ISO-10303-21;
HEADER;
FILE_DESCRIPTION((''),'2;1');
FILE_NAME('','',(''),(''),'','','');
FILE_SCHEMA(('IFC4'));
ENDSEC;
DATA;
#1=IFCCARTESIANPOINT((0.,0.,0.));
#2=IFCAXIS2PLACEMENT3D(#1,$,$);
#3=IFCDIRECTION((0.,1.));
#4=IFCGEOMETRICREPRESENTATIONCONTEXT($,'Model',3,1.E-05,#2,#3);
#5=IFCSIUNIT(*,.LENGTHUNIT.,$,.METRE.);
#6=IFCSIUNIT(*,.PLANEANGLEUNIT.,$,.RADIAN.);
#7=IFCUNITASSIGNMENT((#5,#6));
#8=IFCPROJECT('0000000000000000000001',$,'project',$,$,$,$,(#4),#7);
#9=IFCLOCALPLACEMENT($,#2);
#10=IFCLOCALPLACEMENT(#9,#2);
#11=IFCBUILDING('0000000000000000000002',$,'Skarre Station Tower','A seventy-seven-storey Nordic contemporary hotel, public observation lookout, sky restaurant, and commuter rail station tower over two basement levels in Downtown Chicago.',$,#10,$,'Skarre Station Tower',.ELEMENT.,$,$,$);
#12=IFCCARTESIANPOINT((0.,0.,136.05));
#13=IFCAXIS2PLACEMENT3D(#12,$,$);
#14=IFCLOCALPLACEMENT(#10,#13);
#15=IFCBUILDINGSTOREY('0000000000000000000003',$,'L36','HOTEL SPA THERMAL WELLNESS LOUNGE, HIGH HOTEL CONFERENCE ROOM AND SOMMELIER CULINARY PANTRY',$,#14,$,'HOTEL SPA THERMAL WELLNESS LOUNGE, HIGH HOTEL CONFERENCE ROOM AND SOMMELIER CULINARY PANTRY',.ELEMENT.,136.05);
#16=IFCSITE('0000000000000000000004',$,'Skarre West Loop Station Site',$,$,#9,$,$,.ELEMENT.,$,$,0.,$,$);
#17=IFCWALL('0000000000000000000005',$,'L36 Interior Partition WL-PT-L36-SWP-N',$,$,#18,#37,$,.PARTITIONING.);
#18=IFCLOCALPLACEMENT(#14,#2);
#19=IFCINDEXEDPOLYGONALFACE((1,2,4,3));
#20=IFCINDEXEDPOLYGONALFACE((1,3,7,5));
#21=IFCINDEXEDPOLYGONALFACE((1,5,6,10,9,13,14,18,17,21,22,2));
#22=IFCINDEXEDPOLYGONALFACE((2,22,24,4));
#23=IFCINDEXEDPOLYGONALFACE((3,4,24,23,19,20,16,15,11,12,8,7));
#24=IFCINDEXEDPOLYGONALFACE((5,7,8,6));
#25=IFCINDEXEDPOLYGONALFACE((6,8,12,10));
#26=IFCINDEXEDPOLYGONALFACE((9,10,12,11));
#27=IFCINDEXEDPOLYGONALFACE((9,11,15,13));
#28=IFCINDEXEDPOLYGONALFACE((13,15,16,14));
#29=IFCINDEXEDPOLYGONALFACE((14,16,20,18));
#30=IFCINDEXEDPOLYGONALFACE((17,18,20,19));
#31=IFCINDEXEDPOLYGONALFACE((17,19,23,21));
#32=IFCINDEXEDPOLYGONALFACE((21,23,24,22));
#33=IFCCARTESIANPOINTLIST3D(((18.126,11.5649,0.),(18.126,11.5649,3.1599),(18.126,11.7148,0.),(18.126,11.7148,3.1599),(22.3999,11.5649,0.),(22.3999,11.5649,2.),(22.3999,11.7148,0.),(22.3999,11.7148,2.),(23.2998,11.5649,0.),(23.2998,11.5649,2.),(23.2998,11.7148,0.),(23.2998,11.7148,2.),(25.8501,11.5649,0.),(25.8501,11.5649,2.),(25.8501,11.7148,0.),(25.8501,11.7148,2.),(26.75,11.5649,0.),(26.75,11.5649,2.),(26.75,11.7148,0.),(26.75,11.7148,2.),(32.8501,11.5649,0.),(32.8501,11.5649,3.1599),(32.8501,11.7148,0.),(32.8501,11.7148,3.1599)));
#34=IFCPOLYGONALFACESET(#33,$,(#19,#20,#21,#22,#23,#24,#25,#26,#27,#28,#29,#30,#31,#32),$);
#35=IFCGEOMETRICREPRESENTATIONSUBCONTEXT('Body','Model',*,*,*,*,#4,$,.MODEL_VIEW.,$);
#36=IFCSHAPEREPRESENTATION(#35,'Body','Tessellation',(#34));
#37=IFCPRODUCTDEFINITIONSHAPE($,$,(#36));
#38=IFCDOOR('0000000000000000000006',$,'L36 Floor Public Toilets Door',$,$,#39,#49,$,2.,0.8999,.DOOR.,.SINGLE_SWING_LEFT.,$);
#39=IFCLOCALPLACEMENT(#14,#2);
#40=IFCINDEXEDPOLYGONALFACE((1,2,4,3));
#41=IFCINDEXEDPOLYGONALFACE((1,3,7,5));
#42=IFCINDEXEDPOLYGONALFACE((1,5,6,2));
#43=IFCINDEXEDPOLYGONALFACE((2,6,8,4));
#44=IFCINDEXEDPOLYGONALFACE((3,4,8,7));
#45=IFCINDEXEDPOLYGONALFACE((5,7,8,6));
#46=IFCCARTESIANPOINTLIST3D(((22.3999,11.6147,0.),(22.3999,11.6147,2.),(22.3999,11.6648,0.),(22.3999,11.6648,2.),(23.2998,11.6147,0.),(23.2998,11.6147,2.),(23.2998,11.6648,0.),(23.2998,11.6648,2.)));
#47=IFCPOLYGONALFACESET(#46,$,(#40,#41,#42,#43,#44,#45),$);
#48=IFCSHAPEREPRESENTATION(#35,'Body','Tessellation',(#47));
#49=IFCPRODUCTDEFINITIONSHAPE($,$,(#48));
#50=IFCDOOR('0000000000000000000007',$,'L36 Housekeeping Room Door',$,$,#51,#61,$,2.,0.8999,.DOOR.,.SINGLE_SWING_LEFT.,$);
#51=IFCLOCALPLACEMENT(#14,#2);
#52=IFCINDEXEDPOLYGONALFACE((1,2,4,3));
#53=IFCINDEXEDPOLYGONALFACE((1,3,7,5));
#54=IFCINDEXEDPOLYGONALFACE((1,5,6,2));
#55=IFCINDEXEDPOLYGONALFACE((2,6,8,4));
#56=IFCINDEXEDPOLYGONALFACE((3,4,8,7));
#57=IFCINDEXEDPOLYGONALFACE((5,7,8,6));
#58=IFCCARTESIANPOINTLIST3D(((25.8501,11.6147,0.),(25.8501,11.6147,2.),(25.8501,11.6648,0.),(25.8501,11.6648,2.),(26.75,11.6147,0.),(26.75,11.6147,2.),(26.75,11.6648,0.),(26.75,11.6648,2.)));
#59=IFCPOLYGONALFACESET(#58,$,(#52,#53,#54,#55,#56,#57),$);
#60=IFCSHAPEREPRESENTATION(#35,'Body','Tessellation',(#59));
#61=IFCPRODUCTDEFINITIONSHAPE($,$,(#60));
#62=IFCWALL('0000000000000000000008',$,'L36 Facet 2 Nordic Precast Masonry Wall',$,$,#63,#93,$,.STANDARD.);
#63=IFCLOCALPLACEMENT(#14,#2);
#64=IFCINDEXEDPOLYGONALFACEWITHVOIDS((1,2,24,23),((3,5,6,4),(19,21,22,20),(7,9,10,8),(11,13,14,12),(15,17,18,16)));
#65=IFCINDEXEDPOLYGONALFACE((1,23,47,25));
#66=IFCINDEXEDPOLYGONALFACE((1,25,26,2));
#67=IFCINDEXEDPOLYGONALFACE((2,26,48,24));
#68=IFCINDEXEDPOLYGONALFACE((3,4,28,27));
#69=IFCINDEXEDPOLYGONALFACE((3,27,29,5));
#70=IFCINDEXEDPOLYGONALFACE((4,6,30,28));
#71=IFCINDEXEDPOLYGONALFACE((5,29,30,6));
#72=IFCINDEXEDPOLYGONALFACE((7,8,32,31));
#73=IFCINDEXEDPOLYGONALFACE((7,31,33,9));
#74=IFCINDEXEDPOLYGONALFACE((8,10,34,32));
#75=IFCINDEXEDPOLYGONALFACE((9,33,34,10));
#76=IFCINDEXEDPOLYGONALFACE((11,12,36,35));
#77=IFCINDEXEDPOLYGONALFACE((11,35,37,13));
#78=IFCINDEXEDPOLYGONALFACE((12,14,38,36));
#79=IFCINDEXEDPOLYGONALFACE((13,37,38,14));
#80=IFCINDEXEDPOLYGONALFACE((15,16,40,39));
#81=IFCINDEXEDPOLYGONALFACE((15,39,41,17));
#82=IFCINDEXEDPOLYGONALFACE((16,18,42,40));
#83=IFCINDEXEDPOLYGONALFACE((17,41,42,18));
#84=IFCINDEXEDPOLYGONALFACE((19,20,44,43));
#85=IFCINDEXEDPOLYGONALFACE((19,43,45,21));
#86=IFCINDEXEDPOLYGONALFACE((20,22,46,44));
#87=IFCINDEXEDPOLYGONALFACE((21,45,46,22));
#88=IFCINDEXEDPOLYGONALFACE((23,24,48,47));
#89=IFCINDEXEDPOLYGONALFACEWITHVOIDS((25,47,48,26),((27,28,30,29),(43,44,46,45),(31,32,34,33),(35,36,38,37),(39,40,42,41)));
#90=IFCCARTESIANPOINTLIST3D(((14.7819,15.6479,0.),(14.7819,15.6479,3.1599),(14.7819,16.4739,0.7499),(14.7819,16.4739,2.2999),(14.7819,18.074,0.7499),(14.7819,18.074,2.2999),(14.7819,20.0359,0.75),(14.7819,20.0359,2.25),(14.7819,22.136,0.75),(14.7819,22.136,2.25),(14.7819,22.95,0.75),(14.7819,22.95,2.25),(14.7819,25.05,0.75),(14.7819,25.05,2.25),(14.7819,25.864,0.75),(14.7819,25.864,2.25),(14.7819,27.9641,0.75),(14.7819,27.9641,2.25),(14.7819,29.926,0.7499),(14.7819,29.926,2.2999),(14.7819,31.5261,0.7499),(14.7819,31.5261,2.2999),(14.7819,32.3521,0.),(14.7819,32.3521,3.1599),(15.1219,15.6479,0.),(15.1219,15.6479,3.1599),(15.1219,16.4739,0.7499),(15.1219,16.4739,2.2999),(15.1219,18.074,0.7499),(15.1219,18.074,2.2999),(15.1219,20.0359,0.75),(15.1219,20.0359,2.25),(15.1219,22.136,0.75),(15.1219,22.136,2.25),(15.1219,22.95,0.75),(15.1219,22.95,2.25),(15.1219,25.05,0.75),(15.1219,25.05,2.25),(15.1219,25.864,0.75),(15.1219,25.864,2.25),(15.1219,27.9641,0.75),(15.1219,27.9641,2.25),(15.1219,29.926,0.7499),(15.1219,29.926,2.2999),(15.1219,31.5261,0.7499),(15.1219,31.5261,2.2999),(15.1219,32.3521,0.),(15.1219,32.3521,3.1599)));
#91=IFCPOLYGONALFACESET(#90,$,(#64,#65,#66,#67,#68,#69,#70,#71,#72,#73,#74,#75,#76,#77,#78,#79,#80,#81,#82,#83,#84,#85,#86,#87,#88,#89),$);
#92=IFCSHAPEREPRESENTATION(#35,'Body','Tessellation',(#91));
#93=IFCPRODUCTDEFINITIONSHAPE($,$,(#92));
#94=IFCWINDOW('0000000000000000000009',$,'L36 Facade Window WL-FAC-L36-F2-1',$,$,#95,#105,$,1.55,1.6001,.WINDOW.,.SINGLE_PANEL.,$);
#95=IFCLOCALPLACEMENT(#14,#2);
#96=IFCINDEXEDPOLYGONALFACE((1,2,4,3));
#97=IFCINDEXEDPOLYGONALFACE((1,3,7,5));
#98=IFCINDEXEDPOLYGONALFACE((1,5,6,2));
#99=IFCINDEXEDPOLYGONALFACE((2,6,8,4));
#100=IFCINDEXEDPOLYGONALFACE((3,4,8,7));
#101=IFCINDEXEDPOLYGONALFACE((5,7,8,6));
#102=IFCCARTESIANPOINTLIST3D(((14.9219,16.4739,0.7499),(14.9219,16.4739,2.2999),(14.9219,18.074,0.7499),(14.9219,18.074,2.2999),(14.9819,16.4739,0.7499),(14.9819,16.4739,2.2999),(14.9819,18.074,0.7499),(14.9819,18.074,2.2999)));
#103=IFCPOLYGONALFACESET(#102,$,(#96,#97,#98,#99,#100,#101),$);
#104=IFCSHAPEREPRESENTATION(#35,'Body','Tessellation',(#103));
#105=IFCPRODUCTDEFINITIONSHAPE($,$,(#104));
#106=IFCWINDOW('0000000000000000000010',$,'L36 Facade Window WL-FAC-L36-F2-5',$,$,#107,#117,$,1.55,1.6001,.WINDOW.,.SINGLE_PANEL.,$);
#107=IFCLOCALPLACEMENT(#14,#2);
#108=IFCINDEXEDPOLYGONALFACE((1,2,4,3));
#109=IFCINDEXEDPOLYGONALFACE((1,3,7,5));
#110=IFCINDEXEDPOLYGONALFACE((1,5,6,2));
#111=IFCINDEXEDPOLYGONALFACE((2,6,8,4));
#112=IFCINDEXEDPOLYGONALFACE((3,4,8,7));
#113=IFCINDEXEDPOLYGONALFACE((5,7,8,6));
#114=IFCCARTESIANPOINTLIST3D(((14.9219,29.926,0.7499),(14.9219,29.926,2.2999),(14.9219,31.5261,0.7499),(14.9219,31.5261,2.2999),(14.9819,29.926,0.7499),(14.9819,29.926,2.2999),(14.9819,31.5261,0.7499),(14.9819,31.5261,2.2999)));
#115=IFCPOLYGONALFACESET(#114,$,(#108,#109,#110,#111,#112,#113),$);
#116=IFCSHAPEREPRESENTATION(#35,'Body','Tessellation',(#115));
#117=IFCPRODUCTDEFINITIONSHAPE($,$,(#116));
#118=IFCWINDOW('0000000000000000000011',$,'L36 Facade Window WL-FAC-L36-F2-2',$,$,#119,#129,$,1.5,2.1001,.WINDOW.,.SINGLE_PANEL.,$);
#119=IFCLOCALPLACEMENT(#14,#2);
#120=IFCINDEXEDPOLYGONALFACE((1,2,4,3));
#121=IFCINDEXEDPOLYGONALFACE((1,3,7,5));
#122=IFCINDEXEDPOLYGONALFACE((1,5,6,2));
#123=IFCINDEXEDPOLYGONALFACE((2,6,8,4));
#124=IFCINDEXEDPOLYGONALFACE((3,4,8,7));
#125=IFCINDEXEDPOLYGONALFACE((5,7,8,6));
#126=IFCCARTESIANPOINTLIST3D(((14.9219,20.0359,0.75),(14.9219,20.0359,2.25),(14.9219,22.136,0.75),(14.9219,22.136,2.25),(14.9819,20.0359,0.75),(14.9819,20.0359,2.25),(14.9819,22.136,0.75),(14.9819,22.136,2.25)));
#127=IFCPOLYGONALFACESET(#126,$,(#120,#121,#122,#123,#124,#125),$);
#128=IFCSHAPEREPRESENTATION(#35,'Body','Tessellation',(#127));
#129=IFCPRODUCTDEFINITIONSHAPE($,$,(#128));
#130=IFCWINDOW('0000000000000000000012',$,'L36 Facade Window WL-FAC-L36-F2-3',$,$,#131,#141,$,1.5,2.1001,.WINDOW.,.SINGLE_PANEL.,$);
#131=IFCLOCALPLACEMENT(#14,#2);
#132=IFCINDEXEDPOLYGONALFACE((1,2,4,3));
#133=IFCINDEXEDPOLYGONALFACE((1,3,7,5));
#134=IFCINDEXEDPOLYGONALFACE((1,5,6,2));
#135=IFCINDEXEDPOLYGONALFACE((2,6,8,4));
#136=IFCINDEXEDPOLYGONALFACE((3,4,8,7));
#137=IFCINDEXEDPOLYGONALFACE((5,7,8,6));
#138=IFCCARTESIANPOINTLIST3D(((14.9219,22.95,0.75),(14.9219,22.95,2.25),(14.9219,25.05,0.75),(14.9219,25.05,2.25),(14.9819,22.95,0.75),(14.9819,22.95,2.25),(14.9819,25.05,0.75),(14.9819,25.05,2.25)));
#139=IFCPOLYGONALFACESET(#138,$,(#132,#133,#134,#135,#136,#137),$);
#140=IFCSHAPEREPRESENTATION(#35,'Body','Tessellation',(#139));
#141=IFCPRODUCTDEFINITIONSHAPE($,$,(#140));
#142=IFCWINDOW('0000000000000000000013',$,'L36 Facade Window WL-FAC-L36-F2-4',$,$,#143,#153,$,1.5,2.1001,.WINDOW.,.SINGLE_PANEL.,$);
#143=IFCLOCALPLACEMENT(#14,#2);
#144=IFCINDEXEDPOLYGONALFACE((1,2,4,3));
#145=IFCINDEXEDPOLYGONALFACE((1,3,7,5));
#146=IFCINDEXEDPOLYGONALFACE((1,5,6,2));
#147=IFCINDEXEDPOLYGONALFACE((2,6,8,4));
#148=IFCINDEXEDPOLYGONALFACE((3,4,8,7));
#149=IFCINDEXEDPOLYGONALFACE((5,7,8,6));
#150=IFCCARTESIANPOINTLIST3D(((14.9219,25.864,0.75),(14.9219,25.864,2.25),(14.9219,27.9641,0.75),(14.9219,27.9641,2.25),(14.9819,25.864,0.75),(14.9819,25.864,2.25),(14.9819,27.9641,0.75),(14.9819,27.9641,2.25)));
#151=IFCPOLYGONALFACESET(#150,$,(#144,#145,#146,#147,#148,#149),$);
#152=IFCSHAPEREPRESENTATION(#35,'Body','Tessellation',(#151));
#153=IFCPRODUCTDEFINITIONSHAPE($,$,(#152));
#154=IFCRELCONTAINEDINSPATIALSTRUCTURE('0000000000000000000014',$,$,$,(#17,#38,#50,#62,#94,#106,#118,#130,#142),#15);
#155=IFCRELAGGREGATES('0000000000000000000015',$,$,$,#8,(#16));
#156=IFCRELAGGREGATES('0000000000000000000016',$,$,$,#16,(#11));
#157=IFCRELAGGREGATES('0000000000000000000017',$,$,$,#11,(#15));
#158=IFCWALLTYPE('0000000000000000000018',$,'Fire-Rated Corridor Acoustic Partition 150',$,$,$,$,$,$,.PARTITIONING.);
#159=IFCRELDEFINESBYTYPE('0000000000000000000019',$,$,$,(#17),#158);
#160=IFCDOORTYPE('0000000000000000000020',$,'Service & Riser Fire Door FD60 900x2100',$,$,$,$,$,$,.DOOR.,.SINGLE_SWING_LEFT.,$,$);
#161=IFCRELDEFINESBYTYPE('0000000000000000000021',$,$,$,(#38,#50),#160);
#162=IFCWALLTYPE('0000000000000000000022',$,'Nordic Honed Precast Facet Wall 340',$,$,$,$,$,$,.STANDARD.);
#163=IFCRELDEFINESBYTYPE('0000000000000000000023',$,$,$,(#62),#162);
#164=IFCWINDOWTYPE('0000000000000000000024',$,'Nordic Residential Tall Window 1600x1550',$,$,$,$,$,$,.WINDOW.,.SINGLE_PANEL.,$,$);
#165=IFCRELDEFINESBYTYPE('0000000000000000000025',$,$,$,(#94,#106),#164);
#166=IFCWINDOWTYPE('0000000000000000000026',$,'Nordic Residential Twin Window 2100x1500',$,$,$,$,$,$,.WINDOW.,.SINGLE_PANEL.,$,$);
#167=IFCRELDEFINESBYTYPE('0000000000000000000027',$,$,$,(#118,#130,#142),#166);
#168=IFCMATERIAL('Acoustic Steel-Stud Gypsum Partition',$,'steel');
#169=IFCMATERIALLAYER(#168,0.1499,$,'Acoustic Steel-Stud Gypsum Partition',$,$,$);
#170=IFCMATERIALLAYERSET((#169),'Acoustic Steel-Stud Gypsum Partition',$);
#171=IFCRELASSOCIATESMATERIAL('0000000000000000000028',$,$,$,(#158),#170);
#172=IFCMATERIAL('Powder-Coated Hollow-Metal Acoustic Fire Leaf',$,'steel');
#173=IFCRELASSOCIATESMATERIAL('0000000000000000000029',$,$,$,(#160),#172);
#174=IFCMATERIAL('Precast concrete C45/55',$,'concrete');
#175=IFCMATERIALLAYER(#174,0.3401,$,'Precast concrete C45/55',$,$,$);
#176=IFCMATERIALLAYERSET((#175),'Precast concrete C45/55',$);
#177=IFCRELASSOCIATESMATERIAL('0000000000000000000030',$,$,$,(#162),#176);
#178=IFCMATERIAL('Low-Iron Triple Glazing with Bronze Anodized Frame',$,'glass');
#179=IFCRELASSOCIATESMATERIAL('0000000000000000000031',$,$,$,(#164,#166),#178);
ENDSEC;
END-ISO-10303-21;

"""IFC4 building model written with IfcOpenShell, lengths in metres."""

from ifc_helpers import new_model, si_unit, direction, frame, frame_2d, origin, place, context, subcontext, project, spatial, rectangle, extrude, material, layer, layer_set, type_object, element, fill, save


model = new_model("IFC4")

# Units and contexts
model_context = context("Model", 3, precision=1e-05, world=origin(), true_north=direction((0.0, 1.0)))
body_context = subcontext(model_context, "Body", "Model", "MODEL_VIEW")
ifc_project = project(units=[si_unit("LENGTHUNIT", "METRE"), si_unit("PLANEANGLEUNIT", "RADIAN")], contexts=[model_context])

# Site, building, storey
site_placement = place(None, origin())
site = spatial("IfcSite", under=ifc_project, at=site_placement, Name="Skarre West Loop Station Site", CompositionType="ELEMENT", RefElevation=0.0)
building_placement = place(site_placement, origin())
building = spatial("IfcBuilding", under=site, at=building_placement, Name="Skarre Station Tower", Description="A seventy-seven-storey Nordic contemporary hotel, public observation lookout, sky restaurant, and commuter rail station tower over two basement levels in Downtown Chicago.", LongName="Skarre Station Tower", CompositionType="ELEMENT")
storey_placement = place(building_placement, frame((0.0, 0.0, 136.05)))
storey = spatial("IfcBuildingStorey", under=building, at=storey_placement, Name="L36", Description="HOTEL SPA THERMAL WELLNESS LOUNGE, HIGH HOTEL CONFERENCE ROOM AND SOMMELIER CULINARY PANTRY", LongName="HOTEL SPA THERMAL WELLNESS LOUNGE, HIGH HOTEL CONFERENCE ROOM AND SOMMELIER CULINARY PANTRY", CompositionType="ELEMENT", Elevation=136.05)

# Shared definitions
ifc_material_1 = material(Name="Acoustic Steel-Stud Gypsum Partition", Category="steel")
ifc_layer_1 = layer(ifc_material_1, 0.1499, Name="Acoustic Steel-Stud Gypsum Partition")
ifc_layer_set_1 = layer_set([ifc_layer_1], Name="Acoustic Steel-Stud Gypsum Partition")
wall_type_1 = type_object("IfcWallType", Name="Fire-Rated Corridor Acoustic Partition 150", PredefinedType="PARTITIONING", material=ifc_layer_set_1)

# Wall, openings, doors
wall_1_placement = place(storey_placement, frame((18.126, 11.6399, 0.0), z_axis=(0.0, 0.0, 1.0), x_axis=(1.0, 0.0, 0.0)))
wall_1 = element("IfcWall", 1, at=wall_1_placement, inside=storey, type_object=wall_type_1, Name="L36 Interior Partition WL-PT-L36-SWP-N", PredefinedType="PARTITIONING", context=body_context, shape_type="SweptSolid", body=[
    extrude(rectangle(XDim=14.7241, YDim=0.1499, at=frame_2d((7.3621, 0.0))), origin(), (0.0, 0.0, 1.0), 3.1599),
])
opening_1_placement = place(wall_1_placement, frame((4.2739, 0.0, 0.0)))
opening_1 = element("IfcOpeningElement", 2, at=opening_1_placement, cuts=wall_1, PredefinedType="OPENING", context=body_context, shape_type="SweptSolid", body=[
    extrude(rectangle(XDim=0.8999, YDim=2.0, at=frame_2d((0.45, 1.0))), frame((0.0, 0.085, 0.0), z_axis=(0.0, -1.0, 0.0), x_axis=(1.0, 0.0, 0.0)), (0.0, 0.0, 1.0), 0.1699),
])
opening_2_placement = place(wall_1_placement, frame((7.7241, 0.0, 0.0)))
opening_2 = element("IfcOpeningElement", 3, at=opening_2_placement, cuts=wall_1, PredefinedType="OPENING", context=body_context, shape_type="SweptSolid", body=[
    extrude(rectangle(XDim=0.8999, YDim=2.0, at=frame_2d((0.45, 1.0))), frame((0.0, 0.085, 0.0), z_axis=(0.0, -1.0, 0.0), x_axis=(1.0, 0.0, 0.0)), (0.0, 0.0, 1.0), 0.1699),
])
ifc_material_2 = material(Name="Powder-Coated Hollow-Metal Acoustic Fire Leaf", Category="steel")
door_type = type_object("IfcDoorType", Name="Service & Riser Fire Door FD60 900x2100", OperationType="SINGLE_SWING_LEFT", PredefinedType="DOOR", material=ifc_material_2)
door_1_placement = place(opening_1_placement, origin())
door_1 = element("IfcDoor", 4, at=door_1_placement, inside=storey, type_object=door_type, Name="L36 Floor Public Toilets Door", OperationType="SINGLE_SWING_LEFT", OverallHeight=2.0, OverallWidth=0.8999, PredefinedType="DOOR", context=body_context, shape_type="SweptSolid", body=[
    extrude(rectangle(XDim=0.8999, YDim=2.0, at=frame_2d((0.45, 1.0))), frame((0.0, 0.0249, 0.0), z_axis=(0.0, -1.0, 0.0), x_axis=(1.0, 0.0, 0.0)), (0.0, 0.0, 1.0), 0.05),
])
fill(opening_1, door_1)
door_2_placement = place(opening_2_placement, origin())
door_2 = element("IfcDoor", 5, at=door_2_placement, inside=storey, type_object=door_type, Name="L36 Housekeeping Room Door", OperationType="SINGLE_SWING_LEFT", OverallHeight=2.0, OverallWidth=0.8999, PredefinedType="DOOR", context=body_context, shape_type="SweptSolid", body=[
    extrude(rectangle(XDim=0.8999, YDim=2.0, at=frame_2d((0.45, 1.0))), frame((0.0, 0.0249, 0.0), z_axis=(0.0, -1.0, 0.0), x_axis=(1.0, 0.0, 0.0)), (0.0, 0.0, 1.0), 0.05),
])
fill(opening_2, door_2)

# Wall, openings, windows
ifc_material_3 = material(Name="Precast concrete C45/55", Category="concrete")
ifc_layer_2 = layer(ifc_material_3, 0.3401, Name="Precast concrete C45/55")
ifc_layer_set_2 = layer_set([ifc_layer_2], Name="Precast concrete C45/55")
wall_type_2 = type_object("IfcWallType", Name="Nordic Honed Precast Facet Wall 340", PredefinedType="STANDARD", material=ifc_layer_set_2)
wall_2_placement = place(storey_placement, frame((14.9519, 15.6479, 0.0), z_axis=(0.0, 0.0, 1.0), x_axis=(0.0, 1.0, 0.0)))
wall_2 = element("IfcWall", 6, at=wall_2_placement, inside=storey, type_object=wall_type_2, Name="L36 Facet 2 Nordic Precast Masonry Wall", PredefinedType="STANDARD", context=body_context, shape_type="SweptSolid", body=[
    extrude(rectangle(XDim=16.7041, YDim=0.3401, at=frame_2d((8.3521, 0.0))), origin(), (0.0, 0.0, 1.0), 3.1599),
])
opening_3_placement = place(wall_2_placement, frame((0.8259, 0.0, 0.75)))
opening_3 = element("IfcOpeningElement", 7, at=opening_3_placement, cuts=wall_2, PredefinedType="OPENING", context=body_context, shape_type="SweptSolid", body=[
    extrude(rectangle(XDim=1.6001, YDim=1.55, at=frame_2d((0.8, 0.7749))), frame((0.0, 0.1799, 0.0), z_axis=(0.0, -1.0, 0.0), x_axis=(1.0, 0.0, 0.0)), (0.0, 0.0, 1.0), 0.3601),
])
opening_4_placement = place(wall_2_placement, frame((4.3879, 0.0, 0.75)))
opening_4 = element("IfcOpeningElement", 8, at=opening_4_placement, cuts=wall_2, PredefinedType="OPENING", context=body_context, shape_type="SweptSolid", body=[
    extrude(rectangle(XDim=2.1001, YDim=1.5, at=frame_2d((1.05, 0.75))), frame((0.0, 0.1799, 0.0), z_axis=(0.0, -1.0, 0.0), x_axis=(1.0, 0.0, 0.0)), (0.0, 0.0, 1.0), 0.3601),
])
opening_5_placement = place(wall_2_placement, frame((7.302, 0.0, 0.75)))
opening_5 = element("IfcOpeningElement", 9, at=opening_5_placement, cuts=wall_2, PredefinedType="OPENING", context=body_context, shape_type="SweptSolid", body=[
    extrude(rectangle(XDim=2.1001, YDim=1.5, at=frame_2d((1.05, 0.75))), frame((0.0, 0.1799, 0.0), z_axis=(0.0, -1.0, 0.0), x_axis=(1.0, 0.0, 0.0)), (0.0, 0.0, 1.0), 0.3601),
])
opening_6_placement = place(wall_2_placement, frame((10.2161, 0.0, 0.75)))
opening_6 = element("IfcOpeningElement", 10, at=opening_6_placement, cuts=wall_2, PredefinedType="OPENING", context=body_context, shape_type="SweptSolid", body=[
    extrude(rectangle(XDim=2.1001, YDim=1.5, at=frame_2d((1.05, 0.75))), frame((0.0, 0.1799, 0.0), z_axis=(0.0, -1.0, 0.0), x_axis=(1.0, 0.0, 0.0)), (0.0, 0.0, 1.0), 0.3601),
])
opening_7_placement = place(wall_2_placement, frame((14.2781, 0.0, 0.75)))
opening_7 = element("IfcOpeningElement", 11, at=opening_7_placement, cuts=wall_2, PredefinedType="OPENING", context=body_context, shape_type="SweptSolid", body=[
    extrude(rectangle(XDim=1.6001, YDim=1.55, at=frame_2d((0.8, 0.7749))), frame((0.0, 0.1799, 0.0), z_axis=(0.0, -1.0, 0.0), x_axis=(1.0, 0.0, 0.0)), (0.0, 0.0, 1.0), 0.3601),
])
ifc_material_4 = material(Name="Low-Iron Triple Glazing with Bronze Anodized Frame", Category="glass")
window_type_1 = type_object("IfcWindowType", Name="Nordic Residential Tall Window 1600x1550", PartitioningType="SINGLE_PANEL", PredefinedType="WINDOW", material=ifc_material_4)
window_1_placement = place(opening_3_placement, origin())
window_1 = element("IfcWindow", 12, at=window_1_placement, inside=storey, type_object=window_type_1, Name="L36 Facade Window WL-FAC-L36-F2-1", OverallHeight=1.55, OverallWidth=1.6001, PartitioningType="SINGLE_PANEL", PredefinedType="WINDOW", context=body_context, shape_type="SweptSolid", body=[
    extrude(rectangle(XDim=1.6001, YDim=1.55, at=frame_2d((0.8, 0.7749))), frame((0.0, 0.03, 0.0), z_axis=(0.0, -1.0, 0.0), x_axis=(1.0, 0.0, 0.0)), (0.0, 0.0, 1.0), 0.0601),
])
fill(opening_3, window_1)
window_2_placement = place(opening_7_placement, origin())
window_2 = element("IfcWindow", 13, at=window_2_placement, inside=storey, type_object=window_type_1, Name="L36 Facade Window WL-FAC-L36-F2-5", OverallHeight=1.55, OverallWidth=1.6001, PartitioningType="SINGLE_PANEL", PredefinedType="WINDOW", context=body_context, shape_type="SweptSolid", body=[
    extrude(rectangle(XDim=1.6001, YDim=1.55, at=frame_2d((0.8, 0.7749))), frame((0.0, 0.03, 0.0), z_axis=(0.0, -1.0, 0.0), x_axis=(1.0, 0.0, 0.0)), (0.0, 0.0, 1.0), 0.0601),
])
fill(opening_7, window_2)
window_type_2 = type_object("IfcWindowType", Name="Nordic Residential Twin Window 2100x1500", PartitioningType="SINGLE_PANEL", PredefinedType="WINDOW", material=ifc_material_4)
window_3_placement = place(opening_4_placement, origin())
window_3 = element("IfcWindow", 14, at=window_3_placement, inside=storey, type_object=window_type_2, Name="L36 Facade Window WL-FAC-L36-F2-2", OverallHeight=1.5, OverallWidth=2.1001, PartitioningType="SINGLE_PANEL", PredefinedType="WINDOW", context=body_context, shape_type="SweptSolid", body=[
    extrude(rectangle(XDim=2.1001, YDim=1.5, at=frame_2d((1.05, 0.75))), frame((0.0, 0.03, 0.0), z_axis=(0.0, -1.0, 0.0), x_axis=(1.0, 0.0, 0.0)), (0.0, 0.0, 1.0), 0.0601),
])
fill(opening_4, window_3)
window_4_placement = place(opening_5_placement, origin())
window_4 = element("IfcWindow", 15, at=window_4_placement, inside=storey, type_object=window_type_2, Name="L36 Facade Window WL-FAC-L36-F2-3", OverallHeight=1.5, OverallWidth=2.1001, PartitioningType="SINGLE_PANEL", PredefinedType="WINDOW", context=body_context, shape_type="SweptSolid", body=[
    extrude(rectangle(XDim=2.1001, YDim=1.5, at=frame_2d((1.05, 0.75))), frame((0.0, 0.03, 0.0), z_axis=(0.0, -1.0, 0.0), x_axis=(1.0, 0.0, 0.0)), (0.0, 0.0, 1.0), 0.0601),
])
fill(opening_5, window_4)
window_5_placement = place(opening_6_placement, origin())
window_5 = element("IfcWindow", 16, at=window_5_placement, inside=storey, type_object=window_type_2, Name="L36 Facade Window WL-FAC-L36-F2-4", OverallHeight=1.5, OverallWidth=2.1001, PartitioningType="SINGLE_PANEL", PredefinedType="WINDOW", context=body_context, shape_type="SweptSolid", body=[
    extrude(rectangle(XDim=2.1001, YDim=1.5, at=frame_2d((1.05, 0.75))), frame((0.0, 0.03, 0.0), z_axis=(0.0, -1.0, 0.0), x_axis=(1.0, 0.0, 0.0)), (0.0, 0.0, 1.0), 0.0601),
])
fill(opening_6, window_5)

save(model, "model.ifc")
